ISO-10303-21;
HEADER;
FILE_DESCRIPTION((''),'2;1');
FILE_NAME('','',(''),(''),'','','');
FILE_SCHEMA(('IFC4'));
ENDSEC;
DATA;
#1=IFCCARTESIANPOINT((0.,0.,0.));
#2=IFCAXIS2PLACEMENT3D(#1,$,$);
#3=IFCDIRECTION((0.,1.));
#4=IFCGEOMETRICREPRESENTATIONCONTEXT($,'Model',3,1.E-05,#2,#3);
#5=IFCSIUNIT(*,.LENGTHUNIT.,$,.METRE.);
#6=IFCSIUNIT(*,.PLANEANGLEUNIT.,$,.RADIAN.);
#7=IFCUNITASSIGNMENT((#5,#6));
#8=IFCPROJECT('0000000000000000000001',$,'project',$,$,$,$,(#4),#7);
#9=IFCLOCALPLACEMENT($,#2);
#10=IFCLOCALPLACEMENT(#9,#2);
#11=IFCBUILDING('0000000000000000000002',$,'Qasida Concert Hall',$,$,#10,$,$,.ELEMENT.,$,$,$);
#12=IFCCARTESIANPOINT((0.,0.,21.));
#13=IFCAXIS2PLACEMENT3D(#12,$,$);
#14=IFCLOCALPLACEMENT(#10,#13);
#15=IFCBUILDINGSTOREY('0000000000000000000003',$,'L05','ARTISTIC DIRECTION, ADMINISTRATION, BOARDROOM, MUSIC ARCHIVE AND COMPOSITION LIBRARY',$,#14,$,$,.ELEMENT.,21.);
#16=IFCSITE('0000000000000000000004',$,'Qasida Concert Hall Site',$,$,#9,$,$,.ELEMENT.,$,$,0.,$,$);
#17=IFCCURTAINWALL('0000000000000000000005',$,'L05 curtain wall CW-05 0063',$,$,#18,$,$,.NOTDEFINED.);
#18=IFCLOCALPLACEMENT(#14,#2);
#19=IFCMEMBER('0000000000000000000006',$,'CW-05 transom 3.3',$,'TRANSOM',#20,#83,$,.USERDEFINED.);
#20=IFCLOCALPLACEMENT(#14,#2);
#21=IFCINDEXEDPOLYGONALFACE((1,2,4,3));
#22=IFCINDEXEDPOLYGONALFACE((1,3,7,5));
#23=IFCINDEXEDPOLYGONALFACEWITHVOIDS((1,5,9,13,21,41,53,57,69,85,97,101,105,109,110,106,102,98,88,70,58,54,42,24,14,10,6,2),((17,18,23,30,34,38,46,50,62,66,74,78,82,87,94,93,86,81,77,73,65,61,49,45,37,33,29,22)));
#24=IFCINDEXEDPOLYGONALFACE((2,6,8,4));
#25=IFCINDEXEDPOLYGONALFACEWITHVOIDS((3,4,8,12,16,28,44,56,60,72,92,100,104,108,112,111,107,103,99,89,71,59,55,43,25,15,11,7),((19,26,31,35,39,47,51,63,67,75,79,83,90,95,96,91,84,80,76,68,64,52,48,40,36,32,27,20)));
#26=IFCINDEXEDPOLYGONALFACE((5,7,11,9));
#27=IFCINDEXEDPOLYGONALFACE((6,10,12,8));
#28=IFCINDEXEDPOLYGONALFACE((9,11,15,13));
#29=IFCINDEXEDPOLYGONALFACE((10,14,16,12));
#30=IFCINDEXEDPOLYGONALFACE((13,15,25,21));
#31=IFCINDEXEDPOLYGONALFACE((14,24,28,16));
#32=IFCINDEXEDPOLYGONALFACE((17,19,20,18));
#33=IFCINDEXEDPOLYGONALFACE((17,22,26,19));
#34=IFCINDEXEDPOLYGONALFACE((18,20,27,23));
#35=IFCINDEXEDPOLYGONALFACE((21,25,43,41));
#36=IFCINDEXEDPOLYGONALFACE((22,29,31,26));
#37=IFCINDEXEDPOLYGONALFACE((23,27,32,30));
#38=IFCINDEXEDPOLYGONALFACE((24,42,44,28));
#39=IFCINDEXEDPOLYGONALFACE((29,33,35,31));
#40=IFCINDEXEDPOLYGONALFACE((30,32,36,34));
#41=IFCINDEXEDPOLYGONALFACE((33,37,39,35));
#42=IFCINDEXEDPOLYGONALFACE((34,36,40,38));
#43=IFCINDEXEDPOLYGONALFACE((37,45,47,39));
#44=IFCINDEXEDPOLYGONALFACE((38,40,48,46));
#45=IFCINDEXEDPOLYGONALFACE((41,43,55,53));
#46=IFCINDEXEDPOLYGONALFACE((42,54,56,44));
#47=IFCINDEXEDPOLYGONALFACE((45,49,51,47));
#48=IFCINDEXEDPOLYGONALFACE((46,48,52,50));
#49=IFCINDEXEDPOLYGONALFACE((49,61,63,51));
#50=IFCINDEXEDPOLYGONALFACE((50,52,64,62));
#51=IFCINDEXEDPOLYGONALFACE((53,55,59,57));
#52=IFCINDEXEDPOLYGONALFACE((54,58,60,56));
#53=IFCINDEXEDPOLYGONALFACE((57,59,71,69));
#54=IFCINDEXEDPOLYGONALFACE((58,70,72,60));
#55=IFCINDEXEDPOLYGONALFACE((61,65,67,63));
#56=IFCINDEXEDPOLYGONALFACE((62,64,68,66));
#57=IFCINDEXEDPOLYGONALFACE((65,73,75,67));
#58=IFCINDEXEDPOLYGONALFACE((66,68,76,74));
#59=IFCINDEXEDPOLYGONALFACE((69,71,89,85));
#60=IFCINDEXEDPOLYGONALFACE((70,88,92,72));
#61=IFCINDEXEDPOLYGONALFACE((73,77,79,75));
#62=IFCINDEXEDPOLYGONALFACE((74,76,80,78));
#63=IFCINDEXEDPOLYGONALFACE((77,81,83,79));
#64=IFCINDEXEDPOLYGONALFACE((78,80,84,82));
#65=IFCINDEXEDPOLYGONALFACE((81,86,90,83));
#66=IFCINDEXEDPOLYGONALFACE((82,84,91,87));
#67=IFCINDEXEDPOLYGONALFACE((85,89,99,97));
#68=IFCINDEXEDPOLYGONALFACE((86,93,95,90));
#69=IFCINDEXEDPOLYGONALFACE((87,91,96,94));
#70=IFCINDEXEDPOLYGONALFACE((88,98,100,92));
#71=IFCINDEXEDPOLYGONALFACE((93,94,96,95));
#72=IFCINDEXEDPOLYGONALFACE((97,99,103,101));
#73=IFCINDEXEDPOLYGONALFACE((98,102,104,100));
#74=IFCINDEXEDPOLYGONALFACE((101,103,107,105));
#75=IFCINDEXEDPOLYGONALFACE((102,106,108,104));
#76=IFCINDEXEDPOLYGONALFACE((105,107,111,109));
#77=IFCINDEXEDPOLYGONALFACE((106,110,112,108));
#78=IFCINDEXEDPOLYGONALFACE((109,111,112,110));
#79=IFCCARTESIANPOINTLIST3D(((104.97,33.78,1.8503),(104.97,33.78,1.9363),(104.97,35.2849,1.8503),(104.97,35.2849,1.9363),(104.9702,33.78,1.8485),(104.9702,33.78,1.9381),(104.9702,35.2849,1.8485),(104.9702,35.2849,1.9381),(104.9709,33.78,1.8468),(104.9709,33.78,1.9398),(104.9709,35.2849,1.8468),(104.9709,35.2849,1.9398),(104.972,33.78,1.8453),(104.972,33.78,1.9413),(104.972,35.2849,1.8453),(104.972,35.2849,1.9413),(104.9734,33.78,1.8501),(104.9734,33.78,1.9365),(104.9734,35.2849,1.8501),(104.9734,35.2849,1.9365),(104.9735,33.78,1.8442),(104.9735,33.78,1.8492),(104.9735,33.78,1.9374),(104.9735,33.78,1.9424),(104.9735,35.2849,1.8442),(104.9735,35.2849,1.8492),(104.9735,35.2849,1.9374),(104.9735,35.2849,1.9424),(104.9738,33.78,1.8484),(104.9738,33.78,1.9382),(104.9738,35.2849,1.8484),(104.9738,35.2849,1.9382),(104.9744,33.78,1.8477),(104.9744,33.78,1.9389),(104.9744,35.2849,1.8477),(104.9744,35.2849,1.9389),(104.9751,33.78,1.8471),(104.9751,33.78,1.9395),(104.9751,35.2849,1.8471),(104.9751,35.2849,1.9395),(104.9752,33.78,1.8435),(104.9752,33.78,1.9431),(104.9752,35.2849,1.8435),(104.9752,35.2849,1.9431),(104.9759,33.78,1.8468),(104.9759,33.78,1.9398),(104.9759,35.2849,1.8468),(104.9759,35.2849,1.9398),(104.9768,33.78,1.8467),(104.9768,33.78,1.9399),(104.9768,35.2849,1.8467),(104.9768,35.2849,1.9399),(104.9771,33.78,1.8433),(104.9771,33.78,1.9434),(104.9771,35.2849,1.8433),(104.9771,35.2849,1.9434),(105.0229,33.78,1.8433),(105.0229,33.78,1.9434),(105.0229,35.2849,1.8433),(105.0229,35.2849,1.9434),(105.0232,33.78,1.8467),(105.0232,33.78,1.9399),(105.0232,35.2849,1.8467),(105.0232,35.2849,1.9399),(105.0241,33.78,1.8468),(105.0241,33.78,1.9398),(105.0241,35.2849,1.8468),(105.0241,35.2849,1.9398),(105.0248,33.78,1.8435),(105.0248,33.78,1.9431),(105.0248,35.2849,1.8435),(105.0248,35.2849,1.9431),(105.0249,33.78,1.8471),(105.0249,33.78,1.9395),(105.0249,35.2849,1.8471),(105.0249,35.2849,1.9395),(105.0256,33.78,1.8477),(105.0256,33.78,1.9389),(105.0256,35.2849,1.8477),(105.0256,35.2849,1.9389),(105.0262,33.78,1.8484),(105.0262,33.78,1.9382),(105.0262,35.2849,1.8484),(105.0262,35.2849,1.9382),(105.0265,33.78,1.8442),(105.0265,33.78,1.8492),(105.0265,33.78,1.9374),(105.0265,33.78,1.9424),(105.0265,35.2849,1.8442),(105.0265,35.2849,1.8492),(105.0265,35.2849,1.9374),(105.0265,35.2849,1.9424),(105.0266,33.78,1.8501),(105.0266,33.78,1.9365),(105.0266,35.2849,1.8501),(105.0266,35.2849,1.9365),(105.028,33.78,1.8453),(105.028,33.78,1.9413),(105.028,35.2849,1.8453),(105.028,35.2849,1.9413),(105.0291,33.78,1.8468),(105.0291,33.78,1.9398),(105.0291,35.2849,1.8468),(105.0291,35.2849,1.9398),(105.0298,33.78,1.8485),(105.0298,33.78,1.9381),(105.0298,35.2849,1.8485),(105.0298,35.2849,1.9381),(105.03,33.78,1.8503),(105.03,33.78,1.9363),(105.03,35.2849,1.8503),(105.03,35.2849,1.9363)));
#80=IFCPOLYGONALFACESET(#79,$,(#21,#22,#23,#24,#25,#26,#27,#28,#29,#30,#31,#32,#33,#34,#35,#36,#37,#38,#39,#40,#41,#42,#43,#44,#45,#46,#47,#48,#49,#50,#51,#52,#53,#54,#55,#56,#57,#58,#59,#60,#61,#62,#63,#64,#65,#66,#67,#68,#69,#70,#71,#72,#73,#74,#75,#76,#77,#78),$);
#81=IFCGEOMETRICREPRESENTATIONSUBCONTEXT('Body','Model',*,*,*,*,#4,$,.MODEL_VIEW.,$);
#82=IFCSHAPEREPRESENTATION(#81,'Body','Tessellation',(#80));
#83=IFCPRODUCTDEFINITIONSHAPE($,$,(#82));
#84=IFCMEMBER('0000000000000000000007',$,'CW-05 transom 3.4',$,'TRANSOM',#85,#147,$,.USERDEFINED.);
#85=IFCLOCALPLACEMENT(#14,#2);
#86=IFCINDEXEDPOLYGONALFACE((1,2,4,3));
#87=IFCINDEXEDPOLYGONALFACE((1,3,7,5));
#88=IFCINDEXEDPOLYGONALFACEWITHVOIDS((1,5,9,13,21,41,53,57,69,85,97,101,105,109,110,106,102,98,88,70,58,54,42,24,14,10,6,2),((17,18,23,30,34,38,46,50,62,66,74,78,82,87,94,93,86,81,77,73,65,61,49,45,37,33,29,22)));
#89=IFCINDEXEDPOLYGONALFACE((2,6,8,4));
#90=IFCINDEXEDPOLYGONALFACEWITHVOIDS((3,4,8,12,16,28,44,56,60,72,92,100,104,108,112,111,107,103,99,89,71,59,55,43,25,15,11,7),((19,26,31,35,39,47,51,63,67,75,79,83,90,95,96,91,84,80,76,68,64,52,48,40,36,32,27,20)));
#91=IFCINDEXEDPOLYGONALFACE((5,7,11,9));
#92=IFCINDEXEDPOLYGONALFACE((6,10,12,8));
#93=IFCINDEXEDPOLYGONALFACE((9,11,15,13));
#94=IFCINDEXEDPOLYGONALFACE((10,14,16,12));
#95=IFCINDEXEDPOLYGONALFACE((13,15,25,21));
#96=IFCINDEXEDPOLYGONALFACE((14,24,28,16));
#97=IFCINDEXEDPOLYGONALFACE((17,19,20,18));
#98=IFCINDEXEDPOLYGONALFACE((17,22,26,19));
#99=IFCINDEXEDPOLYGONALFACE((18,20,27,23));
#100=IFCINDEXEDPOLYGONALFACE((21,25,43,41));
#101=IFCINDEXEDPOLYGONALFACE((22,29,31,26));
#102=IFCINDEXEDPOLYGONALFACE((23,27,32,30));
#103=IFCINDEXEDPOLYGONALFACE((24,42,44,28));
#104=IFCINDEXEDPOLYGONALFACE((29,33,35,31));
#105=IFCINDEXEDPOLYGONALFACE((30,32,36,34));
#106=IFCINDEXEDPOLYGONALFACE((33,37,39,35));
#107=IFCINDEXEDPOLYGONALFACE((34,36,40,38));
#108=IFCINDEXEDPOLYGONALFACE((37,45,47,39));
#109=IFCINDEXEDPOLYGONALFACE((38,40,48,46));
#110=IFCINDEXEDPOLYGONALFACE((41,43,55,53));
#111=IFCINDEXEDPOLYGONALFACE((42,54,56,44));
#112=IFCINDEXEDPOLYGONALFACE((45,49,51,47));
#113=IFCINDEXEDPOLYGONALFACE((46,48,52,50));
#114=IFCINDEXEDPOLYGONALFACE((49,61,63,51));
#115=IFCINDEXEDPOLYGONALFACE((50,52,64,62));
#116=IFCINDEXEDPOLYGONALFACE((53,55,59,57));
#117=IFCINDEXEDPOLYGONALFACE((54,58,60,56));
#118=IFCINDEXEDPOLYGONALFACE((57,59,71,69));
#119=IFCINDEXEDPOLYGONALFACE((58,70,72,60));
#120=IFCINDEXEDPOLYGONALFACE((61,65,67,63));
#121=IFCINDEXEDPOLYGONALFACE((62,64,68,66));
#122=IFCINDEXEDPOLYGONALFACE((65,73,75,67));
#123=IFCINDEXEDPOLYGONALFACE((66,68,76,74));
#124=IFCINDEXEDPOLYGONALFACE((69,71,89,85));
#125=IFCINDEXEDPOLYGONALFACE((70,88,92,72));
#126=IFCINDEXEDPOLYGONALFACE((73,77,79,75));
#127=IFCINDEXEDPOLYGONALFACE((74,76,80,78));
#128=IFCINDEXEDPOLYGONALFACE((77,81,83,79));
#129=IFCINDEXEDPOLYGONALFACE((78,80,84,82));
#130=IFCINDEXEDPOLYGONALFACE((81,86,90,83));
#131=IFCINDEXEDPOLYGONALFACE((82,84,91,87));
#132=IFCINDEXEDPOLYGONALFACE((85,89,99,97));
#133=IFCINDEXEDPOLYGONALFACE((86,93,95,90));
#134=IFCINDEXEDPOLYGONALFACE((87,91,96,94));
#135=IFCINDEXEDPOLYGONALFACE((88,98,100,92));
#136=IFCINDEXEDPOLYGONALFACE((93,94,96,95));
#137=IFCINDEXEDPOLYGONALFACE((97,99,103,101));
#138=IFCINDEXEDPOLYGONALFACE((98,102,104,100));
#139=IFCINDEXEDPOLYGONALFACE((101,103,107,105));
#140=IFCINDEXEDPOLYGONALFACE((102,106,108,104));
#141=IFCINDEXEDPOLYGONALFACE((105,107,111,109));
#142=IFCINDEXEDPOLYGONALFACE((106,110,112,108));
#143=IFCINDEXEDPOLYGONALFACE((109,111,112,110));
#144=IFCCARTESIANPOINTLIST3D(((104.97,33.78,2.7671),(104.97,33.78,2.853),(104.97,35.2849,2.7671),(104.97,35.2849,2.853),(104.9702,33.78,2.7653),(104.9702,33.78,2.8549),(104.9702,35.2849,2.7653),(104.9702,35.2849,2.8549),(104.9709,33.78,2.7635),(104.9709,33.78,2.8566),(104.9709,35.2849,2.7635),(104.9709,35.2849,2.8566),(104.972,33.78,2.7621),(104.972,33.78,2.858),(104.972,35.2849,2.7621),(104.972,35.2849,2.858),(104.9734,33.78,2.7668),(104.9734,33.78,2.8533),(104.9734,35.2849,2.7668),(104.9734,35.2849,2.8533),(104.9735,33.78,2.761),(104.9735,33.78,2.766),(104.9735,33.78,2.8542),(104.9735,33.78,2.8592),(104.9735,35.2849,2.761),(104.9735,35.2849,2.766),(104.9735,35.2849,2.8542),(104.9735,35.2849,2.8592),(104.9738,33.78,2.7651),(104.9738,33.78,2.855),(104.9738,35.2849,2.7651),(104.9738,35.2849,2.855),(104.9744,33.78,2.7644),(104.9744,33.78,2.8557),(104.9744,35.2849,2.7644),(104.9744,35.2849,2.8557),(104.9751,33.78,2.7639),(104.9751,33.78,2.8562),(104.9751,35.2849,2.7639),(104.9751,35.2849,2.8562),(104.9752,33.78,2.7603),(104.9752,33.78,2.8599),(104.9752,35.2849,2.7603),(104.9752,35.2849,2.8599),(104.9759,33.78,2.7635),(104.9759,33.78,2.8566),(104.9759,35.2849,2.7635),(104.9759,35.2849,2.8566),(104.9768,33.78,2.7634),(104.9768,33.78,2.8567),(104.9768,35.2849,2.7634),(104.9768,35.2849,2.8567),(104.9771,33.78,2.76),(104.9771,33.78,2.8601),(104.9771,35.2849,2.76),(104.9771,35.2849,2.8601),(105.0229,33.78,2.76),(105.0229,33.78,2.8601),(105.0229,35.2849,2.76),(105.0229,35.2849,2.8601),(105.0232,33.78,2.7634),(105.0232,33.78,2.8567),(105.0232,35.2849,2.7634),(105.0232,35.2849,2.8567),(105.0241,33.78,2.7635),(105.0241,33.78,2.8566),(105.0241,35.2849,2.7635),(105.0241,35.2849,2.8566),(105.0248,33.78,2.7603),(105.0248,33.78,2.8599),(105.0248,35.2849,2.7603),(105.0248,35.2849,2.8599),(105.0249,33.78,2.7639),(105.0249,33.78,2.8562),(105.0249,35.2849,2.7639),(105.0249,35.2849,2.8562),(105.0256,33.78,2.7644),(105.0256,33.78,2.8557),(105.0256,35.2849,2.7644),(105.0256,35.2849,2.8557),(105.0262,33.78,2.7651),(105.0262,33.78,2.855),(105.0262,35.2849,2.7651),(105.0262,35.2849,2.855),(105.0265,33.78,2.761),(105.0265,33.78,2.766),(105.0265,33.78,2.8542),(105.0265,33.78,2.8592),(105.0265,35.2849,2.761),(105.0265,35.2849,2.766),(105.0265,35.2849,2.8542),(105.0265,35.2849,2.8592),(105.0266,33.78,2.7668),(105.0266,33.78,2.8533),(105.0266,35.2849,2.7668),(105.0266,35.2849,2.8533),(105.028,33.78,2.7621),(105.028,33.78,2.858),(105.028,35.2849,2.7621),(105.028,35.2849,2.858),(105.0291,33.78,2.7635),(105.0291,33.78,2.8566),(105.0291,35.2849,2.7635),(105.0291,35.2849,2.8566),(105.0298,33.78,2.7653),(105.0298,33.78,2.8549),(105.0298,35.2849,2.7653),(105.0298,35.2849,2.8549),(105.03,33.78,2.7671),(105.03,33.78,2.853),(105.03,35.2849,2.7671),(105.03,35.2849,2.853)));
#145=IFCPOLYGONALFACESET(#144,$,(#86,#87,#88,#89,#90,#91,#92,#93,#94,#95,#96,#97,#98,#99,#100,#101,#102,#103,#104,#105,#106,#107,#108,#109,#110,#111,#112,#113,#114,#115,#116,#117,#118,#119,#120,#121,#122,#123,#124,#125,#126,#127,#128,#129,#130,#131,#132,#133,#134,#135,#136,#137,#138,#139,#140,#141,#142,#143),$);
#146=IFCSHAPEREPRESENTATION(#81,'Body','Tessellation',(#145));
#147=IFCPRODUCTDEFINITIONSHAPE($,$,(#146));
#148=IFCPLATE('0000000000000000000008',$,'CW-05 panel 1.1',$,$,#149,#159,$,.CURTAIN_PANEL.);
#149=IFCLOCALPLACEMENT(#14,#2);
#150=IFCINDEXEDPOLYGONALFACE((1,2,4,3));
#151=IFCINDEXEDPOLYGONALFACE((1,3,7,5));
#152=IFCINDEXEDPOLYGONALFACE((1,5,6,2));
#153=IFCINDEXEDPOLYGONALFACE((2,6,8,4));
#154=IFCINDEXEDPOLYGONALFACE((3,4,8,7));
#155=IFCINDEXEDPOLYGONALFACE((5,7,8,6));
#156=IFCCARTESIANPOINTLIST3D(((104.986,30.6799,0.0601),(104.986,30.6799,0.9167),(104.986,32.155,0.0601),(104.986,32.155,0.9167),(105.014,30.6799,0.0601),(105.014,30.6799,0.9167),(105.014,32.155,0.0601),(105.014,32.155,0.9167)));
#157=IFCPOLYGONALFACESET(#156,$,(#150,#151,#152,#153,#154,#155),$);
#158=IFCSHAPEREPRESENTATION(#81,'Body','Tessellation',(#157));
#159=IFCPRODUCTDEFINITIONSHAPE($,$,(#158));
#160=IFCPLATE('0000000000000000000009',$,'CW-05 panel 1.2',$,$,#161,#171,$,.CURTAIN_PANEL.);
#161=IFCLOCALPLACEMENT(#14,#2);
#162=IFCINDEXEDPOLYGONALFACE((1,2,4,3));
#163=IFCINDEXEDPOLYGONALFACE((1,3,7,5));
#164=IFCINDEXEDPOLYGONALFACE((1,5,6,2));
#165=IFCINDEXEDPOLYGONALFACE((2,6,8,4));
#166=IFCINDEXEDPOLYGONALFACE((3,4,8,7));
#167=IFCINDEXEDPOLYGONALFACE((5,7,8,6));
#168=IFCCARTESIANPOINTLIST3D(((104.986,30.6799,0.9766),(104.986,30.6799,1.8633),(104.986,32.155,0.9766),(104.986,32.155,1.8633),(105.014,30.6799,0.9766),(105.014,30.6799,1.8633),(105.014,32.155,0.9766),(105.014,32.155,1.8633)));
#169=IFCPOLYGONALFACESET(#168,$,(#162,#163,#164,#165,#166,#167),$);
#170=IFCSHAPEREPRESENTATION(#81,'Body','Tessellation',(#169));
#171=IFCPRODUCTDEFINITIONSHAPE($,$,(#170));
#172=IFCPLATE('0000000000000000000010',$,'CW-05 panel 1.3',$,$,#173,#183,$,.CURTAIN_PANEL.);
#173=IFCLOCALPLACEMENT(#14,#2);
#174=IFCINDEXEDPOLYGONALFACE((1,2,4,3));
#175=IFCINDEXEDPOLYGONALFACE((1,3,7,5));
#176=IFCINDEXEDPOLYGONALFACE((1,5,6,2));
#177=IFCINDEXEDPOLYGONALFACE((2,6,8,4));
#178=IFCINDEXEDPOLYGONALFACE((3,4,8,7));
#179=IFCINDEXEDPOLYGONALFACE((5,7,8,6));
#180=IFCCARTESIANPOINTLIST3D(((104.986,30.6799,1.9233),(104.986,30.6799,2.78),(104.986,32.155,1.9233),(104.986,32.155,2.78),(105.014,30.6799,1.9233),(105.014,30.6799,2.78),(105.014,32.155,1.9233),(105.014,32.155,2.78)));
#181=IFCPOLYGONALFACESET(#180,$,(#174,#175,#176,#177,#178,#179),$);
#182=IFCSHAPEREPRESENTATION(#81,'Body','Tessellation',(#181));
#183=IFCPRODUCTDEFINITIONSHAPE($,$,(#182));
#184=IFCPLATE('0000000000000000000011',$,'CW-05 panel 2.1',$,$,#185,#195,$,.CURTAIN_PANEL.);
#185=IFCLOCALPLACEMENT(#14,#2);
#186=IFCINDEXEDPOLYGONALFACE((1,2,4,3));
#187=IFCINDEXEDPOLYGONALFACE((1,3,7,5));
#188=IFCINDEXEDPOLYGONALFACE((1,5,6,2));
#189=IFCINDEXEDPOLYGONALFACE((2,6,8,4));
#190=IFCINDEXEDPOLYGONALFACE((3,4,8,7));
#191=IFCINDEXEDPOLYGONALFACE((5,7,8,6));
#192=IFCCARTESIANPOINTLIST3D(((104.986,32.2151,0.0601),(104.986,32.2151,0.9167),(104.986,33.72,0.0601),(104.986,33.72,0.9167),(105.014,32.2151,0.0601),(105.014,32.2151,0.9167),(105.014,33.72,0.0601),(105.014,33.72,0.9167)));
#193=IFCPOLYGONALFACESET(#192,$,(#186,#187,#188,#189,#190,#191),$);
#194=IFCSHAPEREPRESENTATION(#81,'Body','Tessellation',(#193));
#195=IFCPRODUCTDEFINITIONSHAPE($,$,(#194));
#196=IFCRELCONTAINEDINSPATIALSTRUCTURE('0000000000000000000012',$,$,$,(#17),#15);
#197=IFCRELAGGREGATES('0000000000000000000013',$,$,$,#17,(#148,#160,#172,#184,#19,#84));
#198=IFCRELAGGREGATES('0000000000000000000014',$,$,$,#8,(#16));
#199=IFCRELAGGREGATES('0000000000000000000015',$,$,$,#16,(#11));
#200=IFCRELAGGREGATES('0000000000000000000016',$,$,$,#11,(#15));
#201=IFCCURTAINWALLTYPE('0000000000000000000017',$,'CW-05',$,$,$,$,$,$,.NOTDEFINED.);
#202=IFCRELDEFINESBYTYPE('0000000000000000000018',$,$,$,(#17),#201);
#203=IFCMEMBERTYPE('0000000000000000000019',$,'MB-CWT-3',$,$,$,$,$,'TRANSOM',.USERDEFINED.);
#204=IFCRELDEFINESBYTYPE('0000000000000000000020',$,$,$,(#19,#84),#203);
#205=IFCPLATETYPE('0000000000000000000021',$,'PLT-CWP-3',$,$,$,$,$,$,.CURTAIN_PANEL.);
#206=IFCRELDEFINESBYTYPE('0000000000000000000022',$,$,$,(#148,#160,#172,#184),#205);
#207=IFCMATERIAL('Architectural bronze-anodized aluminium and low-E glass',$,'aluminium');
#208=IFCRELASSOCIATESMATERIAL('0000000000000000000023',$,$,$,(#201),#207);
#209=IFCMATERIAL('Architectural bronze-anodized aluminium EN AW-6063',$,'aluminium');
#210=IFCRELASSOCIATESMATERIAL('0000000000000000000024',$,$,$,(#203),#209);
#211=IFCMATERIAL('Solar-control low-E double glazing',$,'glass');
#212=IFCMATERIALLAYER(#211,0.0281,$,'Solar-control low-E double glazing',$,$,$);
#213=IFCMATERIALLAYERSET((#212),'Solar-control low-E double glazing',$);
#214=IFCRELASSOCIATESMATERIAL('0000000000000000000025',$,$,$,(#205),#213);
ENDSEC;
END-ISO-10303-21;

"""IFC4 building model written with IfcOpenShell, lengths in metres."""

from ifc_helpers import new_model, si_unit, direction, frame, origin, origin_2d, place, context, subcontext, project, spatial, rectangle, hollow_rectangle, extrude, material, layer, layer_set, material_profile, profile_set, type_object, element, aggregate, save


model = new_model("IFC4")

# Units and contexts
model_context = context("Model", 3, precision=1e-05, world=origin(), true_north=direction((0.0, 1.0)))
body_context = subcontext(model_context, "Body", "Model", "MODEL_VIEW")
ifc_project = project(units=[si_unit("LENGTHUNIT", "METRE"), si_unit("PLANEANGLEUNIT", "RADIAN")], contexts=[model_context])

# Site, building, storey
site_placement = place(None, origin())
site = spatial("IfcSite", under=ifc_project, at=site_placement, Name="Qasida Concert Hall Site", CompositionType="ELEMENT", RefElevation=0.0)
building_placement = place(site_placement, origin())
building = spatial("IfcBuilding", under=site, at=building_placement, Name="Qasida Concert Hall", CompositionType="ELEMENT")
storey_placement = place(building_placement, frame((0.0, 0.0, 21.0)))
storey = spatial("IfcBuildingStorey", under=building, at=storey_placement, Name="L05", Description="ARTISTIC DIRECTION, ADMINISTRATION, BOARDROOM, MUSIC ARCHIVE AND COMPOSITION LIBRARY", CompositionType="ELEMENT", Elevation=21.0)

# Curtain wall, members, plates
ifc_material_1 = material(Name="Architectural bronze-anodized aluminium and low-E glass", Category="aluminium")
curtain_wall_type = type_object("IfcCurtainWallType", Name="CW-05", PredefinedType="NOTDEFINED", material=ifc_material_1)
curtain_wall_placement = place(storey_placement, origin())
curtain_wall = element("IfcCurtainWall", 1, at=curtain_wall_placement, inside=storey, type_object=curtain_wall_type, Name="L05 curtain wall CW-05 0063", PredefinedType="NOTDEFINED")
ifc_material_2 = material(Name="Architectural bronze-anodized aluminium EN AW-6063", Category="aluminium")
ifc_material_profile_1 = material_profile(ifc_material_2, hollow_rectangle(XDim=0.0601, YDim=0.1001, WallThickness=0.0034, InnerFilletRadius=0.0034, OuterFilletRadius=0.0071, at=origin_2d()), Name="CWT 100x60x3.5")
ifc_profile_set_1 = profile_set([ifc_material_profile_1], Name="Architectural bronze-anodized aluminium EN AW-6063")
member_type_1 = type_object("IfcMemberType", Name="MB-CWT-3", ElementType="TRANSOM", PredefinedType="USERDEFINED", material=ifc_profile_set_1)
member_1_placement = place(storey_placement, frame((105.0, 33.78, 1.8933), z_axis=(0.0, 1.0, 0.0), x_axis=(-1.0, 0.0, 0.0)))
member_1 = element("IfcMember", 2, at=member_1_placement, type_object=member_type_1, Name="CW-05 transom 3.3", ObjectType="TRANSOM", PredefinedType="USERDEFINED", context=body_context, shape_type="SweptSolid", body=[
    extrude(hollow_rectangle(XDim=0.0601, YDim=0.1001, WallThickness=0.0034, InnerFilletRadius=0.0034, OuterFilletRadius=0.0071, at=origin_2d()), origin(), (0.0, 0.0, 1.0), 1.5049),
])
member_2_placement = place(storey_placement, frame((105.0, 33.78, 2.8101), z_axis=(0.0, 1.0, 0.0), x_axis=(-1.0, 0.0, 0.0)))
member_2 = element("IfcMember", 3, at=member_2_placement, type_object=member_type_1, Name="CW-05 transom 3.4", ObjectType="TRANSOM", PredefinedType="USERDEFINED", context=body_context, shape_type="SweptSolid", body=[
    extrude(hollow_rectangle(XDim=0.0601, YDim=0.1001, WallThickness=0.0034, InnerFilletRadius=0.0034, OuterFilletRadius=0.0071, at=origin_2d()), origin(), (0.0, 0.0, 1.0), 1.5049),
])
ifc_material_3 = material(Name="Solar-control low-E double glazing", Category="glass")
ifc_layer_1 = layer(ifc_material_3, 0.0281, Name="Solar-control low-E double glazing")
ifc_layer_set_1 = layer_set([ifc_layer_1], Name="Solar-control low-E double glazing")
plate_type = type_object("IfcPlateType", Name="PLT-CWP-3", PredefinedType="CURTAIN_PANEL", material=ifc_layer_set_1)
plate_1_placement = place(storey_placement, frame((105.0, 31.4175, 0.0601), z_axis=(0.0, 0.0, 1.0), x_axis=(0.0, 1.0, 0.0)))
plate_1 = element("IfcPlate", 4, at=plate_1_placement, type_object=plate_type, Name="CW-05 panel 1.1", PredefinedType="CURTAIN_PANEL", context=body_context, shape_type="SweptSolid", body=[
    extrude(rectangle(XDim=1.4751, YDim=0.0281, at=origin_2d()), origin(), (0.0, 0.0, 1.0), 0.8567),
])
plate_2_placement = place(storey_placement, frame((105.0, 31.4175, 0.9766), z_axis=(0.0, 0.0, 1.0), x_axis=(0.0, 1.0, 0.0)))
plate_2 = element("IfcPlate", 5, at=plate_2_placement, type_object=plate_type, Name="CW-05 panel 1.2", PredefinedType="CURTAIN_PANEL", context=body_context, shape_type="SweptSolid", body=[
    extrude(rectangle(XDim=1.4751, YDim=0.0281, at=origin_2d()), origin(), (0.0, 0.0, 1.0), 0.8867),
])
plate_3_placement = place(storey_placement, frame((105.0, 31.4175, 1.9233), z_axis=(0.0, 0.0, 1.0), x_axis=(0.0, 1.0, 0.0)))
plate_3 = element("IfcPlate", 6, at=plate_3_placement, type_object=plate_type, Name="CW-05 panel 1.3", PredefinedType="CURTAIN_PANEL", context=body_context, shape_type="SweptSolid", body=[
    extrude(rectangle(XDim=1.4751, YDim=0.0281, at=origin_2d()), origin(), (0.0, 0.0, 1.0), 0.8567),
])
plate_4_placement = place(storey_placement, frame((105.0, 32.9675, 0.0601), z_axis=(0.0, 0.0, 1.0), x_axis=(0.0, 1.0, 0.0)))
plate_4 = element("IfcPlate", 7, at=plate_4_placement, type_object=plate_type, Name="CW-05 panel 2.1", PredefinedType="CURTAIN_PANEL", context=body_context, shape_type="SweptSolid", body=[
    extrude(rectangle(XDim=1.5049, YDim=0.0281, at=origin_2d()), origin(), (0.0, 0.0, 1.0), 0.8567),
])
aggregate(curtain_wall, [plate_1, plate_2, plate_3, plate_4, member_1, member_2])

save(model, "model.ifc")
